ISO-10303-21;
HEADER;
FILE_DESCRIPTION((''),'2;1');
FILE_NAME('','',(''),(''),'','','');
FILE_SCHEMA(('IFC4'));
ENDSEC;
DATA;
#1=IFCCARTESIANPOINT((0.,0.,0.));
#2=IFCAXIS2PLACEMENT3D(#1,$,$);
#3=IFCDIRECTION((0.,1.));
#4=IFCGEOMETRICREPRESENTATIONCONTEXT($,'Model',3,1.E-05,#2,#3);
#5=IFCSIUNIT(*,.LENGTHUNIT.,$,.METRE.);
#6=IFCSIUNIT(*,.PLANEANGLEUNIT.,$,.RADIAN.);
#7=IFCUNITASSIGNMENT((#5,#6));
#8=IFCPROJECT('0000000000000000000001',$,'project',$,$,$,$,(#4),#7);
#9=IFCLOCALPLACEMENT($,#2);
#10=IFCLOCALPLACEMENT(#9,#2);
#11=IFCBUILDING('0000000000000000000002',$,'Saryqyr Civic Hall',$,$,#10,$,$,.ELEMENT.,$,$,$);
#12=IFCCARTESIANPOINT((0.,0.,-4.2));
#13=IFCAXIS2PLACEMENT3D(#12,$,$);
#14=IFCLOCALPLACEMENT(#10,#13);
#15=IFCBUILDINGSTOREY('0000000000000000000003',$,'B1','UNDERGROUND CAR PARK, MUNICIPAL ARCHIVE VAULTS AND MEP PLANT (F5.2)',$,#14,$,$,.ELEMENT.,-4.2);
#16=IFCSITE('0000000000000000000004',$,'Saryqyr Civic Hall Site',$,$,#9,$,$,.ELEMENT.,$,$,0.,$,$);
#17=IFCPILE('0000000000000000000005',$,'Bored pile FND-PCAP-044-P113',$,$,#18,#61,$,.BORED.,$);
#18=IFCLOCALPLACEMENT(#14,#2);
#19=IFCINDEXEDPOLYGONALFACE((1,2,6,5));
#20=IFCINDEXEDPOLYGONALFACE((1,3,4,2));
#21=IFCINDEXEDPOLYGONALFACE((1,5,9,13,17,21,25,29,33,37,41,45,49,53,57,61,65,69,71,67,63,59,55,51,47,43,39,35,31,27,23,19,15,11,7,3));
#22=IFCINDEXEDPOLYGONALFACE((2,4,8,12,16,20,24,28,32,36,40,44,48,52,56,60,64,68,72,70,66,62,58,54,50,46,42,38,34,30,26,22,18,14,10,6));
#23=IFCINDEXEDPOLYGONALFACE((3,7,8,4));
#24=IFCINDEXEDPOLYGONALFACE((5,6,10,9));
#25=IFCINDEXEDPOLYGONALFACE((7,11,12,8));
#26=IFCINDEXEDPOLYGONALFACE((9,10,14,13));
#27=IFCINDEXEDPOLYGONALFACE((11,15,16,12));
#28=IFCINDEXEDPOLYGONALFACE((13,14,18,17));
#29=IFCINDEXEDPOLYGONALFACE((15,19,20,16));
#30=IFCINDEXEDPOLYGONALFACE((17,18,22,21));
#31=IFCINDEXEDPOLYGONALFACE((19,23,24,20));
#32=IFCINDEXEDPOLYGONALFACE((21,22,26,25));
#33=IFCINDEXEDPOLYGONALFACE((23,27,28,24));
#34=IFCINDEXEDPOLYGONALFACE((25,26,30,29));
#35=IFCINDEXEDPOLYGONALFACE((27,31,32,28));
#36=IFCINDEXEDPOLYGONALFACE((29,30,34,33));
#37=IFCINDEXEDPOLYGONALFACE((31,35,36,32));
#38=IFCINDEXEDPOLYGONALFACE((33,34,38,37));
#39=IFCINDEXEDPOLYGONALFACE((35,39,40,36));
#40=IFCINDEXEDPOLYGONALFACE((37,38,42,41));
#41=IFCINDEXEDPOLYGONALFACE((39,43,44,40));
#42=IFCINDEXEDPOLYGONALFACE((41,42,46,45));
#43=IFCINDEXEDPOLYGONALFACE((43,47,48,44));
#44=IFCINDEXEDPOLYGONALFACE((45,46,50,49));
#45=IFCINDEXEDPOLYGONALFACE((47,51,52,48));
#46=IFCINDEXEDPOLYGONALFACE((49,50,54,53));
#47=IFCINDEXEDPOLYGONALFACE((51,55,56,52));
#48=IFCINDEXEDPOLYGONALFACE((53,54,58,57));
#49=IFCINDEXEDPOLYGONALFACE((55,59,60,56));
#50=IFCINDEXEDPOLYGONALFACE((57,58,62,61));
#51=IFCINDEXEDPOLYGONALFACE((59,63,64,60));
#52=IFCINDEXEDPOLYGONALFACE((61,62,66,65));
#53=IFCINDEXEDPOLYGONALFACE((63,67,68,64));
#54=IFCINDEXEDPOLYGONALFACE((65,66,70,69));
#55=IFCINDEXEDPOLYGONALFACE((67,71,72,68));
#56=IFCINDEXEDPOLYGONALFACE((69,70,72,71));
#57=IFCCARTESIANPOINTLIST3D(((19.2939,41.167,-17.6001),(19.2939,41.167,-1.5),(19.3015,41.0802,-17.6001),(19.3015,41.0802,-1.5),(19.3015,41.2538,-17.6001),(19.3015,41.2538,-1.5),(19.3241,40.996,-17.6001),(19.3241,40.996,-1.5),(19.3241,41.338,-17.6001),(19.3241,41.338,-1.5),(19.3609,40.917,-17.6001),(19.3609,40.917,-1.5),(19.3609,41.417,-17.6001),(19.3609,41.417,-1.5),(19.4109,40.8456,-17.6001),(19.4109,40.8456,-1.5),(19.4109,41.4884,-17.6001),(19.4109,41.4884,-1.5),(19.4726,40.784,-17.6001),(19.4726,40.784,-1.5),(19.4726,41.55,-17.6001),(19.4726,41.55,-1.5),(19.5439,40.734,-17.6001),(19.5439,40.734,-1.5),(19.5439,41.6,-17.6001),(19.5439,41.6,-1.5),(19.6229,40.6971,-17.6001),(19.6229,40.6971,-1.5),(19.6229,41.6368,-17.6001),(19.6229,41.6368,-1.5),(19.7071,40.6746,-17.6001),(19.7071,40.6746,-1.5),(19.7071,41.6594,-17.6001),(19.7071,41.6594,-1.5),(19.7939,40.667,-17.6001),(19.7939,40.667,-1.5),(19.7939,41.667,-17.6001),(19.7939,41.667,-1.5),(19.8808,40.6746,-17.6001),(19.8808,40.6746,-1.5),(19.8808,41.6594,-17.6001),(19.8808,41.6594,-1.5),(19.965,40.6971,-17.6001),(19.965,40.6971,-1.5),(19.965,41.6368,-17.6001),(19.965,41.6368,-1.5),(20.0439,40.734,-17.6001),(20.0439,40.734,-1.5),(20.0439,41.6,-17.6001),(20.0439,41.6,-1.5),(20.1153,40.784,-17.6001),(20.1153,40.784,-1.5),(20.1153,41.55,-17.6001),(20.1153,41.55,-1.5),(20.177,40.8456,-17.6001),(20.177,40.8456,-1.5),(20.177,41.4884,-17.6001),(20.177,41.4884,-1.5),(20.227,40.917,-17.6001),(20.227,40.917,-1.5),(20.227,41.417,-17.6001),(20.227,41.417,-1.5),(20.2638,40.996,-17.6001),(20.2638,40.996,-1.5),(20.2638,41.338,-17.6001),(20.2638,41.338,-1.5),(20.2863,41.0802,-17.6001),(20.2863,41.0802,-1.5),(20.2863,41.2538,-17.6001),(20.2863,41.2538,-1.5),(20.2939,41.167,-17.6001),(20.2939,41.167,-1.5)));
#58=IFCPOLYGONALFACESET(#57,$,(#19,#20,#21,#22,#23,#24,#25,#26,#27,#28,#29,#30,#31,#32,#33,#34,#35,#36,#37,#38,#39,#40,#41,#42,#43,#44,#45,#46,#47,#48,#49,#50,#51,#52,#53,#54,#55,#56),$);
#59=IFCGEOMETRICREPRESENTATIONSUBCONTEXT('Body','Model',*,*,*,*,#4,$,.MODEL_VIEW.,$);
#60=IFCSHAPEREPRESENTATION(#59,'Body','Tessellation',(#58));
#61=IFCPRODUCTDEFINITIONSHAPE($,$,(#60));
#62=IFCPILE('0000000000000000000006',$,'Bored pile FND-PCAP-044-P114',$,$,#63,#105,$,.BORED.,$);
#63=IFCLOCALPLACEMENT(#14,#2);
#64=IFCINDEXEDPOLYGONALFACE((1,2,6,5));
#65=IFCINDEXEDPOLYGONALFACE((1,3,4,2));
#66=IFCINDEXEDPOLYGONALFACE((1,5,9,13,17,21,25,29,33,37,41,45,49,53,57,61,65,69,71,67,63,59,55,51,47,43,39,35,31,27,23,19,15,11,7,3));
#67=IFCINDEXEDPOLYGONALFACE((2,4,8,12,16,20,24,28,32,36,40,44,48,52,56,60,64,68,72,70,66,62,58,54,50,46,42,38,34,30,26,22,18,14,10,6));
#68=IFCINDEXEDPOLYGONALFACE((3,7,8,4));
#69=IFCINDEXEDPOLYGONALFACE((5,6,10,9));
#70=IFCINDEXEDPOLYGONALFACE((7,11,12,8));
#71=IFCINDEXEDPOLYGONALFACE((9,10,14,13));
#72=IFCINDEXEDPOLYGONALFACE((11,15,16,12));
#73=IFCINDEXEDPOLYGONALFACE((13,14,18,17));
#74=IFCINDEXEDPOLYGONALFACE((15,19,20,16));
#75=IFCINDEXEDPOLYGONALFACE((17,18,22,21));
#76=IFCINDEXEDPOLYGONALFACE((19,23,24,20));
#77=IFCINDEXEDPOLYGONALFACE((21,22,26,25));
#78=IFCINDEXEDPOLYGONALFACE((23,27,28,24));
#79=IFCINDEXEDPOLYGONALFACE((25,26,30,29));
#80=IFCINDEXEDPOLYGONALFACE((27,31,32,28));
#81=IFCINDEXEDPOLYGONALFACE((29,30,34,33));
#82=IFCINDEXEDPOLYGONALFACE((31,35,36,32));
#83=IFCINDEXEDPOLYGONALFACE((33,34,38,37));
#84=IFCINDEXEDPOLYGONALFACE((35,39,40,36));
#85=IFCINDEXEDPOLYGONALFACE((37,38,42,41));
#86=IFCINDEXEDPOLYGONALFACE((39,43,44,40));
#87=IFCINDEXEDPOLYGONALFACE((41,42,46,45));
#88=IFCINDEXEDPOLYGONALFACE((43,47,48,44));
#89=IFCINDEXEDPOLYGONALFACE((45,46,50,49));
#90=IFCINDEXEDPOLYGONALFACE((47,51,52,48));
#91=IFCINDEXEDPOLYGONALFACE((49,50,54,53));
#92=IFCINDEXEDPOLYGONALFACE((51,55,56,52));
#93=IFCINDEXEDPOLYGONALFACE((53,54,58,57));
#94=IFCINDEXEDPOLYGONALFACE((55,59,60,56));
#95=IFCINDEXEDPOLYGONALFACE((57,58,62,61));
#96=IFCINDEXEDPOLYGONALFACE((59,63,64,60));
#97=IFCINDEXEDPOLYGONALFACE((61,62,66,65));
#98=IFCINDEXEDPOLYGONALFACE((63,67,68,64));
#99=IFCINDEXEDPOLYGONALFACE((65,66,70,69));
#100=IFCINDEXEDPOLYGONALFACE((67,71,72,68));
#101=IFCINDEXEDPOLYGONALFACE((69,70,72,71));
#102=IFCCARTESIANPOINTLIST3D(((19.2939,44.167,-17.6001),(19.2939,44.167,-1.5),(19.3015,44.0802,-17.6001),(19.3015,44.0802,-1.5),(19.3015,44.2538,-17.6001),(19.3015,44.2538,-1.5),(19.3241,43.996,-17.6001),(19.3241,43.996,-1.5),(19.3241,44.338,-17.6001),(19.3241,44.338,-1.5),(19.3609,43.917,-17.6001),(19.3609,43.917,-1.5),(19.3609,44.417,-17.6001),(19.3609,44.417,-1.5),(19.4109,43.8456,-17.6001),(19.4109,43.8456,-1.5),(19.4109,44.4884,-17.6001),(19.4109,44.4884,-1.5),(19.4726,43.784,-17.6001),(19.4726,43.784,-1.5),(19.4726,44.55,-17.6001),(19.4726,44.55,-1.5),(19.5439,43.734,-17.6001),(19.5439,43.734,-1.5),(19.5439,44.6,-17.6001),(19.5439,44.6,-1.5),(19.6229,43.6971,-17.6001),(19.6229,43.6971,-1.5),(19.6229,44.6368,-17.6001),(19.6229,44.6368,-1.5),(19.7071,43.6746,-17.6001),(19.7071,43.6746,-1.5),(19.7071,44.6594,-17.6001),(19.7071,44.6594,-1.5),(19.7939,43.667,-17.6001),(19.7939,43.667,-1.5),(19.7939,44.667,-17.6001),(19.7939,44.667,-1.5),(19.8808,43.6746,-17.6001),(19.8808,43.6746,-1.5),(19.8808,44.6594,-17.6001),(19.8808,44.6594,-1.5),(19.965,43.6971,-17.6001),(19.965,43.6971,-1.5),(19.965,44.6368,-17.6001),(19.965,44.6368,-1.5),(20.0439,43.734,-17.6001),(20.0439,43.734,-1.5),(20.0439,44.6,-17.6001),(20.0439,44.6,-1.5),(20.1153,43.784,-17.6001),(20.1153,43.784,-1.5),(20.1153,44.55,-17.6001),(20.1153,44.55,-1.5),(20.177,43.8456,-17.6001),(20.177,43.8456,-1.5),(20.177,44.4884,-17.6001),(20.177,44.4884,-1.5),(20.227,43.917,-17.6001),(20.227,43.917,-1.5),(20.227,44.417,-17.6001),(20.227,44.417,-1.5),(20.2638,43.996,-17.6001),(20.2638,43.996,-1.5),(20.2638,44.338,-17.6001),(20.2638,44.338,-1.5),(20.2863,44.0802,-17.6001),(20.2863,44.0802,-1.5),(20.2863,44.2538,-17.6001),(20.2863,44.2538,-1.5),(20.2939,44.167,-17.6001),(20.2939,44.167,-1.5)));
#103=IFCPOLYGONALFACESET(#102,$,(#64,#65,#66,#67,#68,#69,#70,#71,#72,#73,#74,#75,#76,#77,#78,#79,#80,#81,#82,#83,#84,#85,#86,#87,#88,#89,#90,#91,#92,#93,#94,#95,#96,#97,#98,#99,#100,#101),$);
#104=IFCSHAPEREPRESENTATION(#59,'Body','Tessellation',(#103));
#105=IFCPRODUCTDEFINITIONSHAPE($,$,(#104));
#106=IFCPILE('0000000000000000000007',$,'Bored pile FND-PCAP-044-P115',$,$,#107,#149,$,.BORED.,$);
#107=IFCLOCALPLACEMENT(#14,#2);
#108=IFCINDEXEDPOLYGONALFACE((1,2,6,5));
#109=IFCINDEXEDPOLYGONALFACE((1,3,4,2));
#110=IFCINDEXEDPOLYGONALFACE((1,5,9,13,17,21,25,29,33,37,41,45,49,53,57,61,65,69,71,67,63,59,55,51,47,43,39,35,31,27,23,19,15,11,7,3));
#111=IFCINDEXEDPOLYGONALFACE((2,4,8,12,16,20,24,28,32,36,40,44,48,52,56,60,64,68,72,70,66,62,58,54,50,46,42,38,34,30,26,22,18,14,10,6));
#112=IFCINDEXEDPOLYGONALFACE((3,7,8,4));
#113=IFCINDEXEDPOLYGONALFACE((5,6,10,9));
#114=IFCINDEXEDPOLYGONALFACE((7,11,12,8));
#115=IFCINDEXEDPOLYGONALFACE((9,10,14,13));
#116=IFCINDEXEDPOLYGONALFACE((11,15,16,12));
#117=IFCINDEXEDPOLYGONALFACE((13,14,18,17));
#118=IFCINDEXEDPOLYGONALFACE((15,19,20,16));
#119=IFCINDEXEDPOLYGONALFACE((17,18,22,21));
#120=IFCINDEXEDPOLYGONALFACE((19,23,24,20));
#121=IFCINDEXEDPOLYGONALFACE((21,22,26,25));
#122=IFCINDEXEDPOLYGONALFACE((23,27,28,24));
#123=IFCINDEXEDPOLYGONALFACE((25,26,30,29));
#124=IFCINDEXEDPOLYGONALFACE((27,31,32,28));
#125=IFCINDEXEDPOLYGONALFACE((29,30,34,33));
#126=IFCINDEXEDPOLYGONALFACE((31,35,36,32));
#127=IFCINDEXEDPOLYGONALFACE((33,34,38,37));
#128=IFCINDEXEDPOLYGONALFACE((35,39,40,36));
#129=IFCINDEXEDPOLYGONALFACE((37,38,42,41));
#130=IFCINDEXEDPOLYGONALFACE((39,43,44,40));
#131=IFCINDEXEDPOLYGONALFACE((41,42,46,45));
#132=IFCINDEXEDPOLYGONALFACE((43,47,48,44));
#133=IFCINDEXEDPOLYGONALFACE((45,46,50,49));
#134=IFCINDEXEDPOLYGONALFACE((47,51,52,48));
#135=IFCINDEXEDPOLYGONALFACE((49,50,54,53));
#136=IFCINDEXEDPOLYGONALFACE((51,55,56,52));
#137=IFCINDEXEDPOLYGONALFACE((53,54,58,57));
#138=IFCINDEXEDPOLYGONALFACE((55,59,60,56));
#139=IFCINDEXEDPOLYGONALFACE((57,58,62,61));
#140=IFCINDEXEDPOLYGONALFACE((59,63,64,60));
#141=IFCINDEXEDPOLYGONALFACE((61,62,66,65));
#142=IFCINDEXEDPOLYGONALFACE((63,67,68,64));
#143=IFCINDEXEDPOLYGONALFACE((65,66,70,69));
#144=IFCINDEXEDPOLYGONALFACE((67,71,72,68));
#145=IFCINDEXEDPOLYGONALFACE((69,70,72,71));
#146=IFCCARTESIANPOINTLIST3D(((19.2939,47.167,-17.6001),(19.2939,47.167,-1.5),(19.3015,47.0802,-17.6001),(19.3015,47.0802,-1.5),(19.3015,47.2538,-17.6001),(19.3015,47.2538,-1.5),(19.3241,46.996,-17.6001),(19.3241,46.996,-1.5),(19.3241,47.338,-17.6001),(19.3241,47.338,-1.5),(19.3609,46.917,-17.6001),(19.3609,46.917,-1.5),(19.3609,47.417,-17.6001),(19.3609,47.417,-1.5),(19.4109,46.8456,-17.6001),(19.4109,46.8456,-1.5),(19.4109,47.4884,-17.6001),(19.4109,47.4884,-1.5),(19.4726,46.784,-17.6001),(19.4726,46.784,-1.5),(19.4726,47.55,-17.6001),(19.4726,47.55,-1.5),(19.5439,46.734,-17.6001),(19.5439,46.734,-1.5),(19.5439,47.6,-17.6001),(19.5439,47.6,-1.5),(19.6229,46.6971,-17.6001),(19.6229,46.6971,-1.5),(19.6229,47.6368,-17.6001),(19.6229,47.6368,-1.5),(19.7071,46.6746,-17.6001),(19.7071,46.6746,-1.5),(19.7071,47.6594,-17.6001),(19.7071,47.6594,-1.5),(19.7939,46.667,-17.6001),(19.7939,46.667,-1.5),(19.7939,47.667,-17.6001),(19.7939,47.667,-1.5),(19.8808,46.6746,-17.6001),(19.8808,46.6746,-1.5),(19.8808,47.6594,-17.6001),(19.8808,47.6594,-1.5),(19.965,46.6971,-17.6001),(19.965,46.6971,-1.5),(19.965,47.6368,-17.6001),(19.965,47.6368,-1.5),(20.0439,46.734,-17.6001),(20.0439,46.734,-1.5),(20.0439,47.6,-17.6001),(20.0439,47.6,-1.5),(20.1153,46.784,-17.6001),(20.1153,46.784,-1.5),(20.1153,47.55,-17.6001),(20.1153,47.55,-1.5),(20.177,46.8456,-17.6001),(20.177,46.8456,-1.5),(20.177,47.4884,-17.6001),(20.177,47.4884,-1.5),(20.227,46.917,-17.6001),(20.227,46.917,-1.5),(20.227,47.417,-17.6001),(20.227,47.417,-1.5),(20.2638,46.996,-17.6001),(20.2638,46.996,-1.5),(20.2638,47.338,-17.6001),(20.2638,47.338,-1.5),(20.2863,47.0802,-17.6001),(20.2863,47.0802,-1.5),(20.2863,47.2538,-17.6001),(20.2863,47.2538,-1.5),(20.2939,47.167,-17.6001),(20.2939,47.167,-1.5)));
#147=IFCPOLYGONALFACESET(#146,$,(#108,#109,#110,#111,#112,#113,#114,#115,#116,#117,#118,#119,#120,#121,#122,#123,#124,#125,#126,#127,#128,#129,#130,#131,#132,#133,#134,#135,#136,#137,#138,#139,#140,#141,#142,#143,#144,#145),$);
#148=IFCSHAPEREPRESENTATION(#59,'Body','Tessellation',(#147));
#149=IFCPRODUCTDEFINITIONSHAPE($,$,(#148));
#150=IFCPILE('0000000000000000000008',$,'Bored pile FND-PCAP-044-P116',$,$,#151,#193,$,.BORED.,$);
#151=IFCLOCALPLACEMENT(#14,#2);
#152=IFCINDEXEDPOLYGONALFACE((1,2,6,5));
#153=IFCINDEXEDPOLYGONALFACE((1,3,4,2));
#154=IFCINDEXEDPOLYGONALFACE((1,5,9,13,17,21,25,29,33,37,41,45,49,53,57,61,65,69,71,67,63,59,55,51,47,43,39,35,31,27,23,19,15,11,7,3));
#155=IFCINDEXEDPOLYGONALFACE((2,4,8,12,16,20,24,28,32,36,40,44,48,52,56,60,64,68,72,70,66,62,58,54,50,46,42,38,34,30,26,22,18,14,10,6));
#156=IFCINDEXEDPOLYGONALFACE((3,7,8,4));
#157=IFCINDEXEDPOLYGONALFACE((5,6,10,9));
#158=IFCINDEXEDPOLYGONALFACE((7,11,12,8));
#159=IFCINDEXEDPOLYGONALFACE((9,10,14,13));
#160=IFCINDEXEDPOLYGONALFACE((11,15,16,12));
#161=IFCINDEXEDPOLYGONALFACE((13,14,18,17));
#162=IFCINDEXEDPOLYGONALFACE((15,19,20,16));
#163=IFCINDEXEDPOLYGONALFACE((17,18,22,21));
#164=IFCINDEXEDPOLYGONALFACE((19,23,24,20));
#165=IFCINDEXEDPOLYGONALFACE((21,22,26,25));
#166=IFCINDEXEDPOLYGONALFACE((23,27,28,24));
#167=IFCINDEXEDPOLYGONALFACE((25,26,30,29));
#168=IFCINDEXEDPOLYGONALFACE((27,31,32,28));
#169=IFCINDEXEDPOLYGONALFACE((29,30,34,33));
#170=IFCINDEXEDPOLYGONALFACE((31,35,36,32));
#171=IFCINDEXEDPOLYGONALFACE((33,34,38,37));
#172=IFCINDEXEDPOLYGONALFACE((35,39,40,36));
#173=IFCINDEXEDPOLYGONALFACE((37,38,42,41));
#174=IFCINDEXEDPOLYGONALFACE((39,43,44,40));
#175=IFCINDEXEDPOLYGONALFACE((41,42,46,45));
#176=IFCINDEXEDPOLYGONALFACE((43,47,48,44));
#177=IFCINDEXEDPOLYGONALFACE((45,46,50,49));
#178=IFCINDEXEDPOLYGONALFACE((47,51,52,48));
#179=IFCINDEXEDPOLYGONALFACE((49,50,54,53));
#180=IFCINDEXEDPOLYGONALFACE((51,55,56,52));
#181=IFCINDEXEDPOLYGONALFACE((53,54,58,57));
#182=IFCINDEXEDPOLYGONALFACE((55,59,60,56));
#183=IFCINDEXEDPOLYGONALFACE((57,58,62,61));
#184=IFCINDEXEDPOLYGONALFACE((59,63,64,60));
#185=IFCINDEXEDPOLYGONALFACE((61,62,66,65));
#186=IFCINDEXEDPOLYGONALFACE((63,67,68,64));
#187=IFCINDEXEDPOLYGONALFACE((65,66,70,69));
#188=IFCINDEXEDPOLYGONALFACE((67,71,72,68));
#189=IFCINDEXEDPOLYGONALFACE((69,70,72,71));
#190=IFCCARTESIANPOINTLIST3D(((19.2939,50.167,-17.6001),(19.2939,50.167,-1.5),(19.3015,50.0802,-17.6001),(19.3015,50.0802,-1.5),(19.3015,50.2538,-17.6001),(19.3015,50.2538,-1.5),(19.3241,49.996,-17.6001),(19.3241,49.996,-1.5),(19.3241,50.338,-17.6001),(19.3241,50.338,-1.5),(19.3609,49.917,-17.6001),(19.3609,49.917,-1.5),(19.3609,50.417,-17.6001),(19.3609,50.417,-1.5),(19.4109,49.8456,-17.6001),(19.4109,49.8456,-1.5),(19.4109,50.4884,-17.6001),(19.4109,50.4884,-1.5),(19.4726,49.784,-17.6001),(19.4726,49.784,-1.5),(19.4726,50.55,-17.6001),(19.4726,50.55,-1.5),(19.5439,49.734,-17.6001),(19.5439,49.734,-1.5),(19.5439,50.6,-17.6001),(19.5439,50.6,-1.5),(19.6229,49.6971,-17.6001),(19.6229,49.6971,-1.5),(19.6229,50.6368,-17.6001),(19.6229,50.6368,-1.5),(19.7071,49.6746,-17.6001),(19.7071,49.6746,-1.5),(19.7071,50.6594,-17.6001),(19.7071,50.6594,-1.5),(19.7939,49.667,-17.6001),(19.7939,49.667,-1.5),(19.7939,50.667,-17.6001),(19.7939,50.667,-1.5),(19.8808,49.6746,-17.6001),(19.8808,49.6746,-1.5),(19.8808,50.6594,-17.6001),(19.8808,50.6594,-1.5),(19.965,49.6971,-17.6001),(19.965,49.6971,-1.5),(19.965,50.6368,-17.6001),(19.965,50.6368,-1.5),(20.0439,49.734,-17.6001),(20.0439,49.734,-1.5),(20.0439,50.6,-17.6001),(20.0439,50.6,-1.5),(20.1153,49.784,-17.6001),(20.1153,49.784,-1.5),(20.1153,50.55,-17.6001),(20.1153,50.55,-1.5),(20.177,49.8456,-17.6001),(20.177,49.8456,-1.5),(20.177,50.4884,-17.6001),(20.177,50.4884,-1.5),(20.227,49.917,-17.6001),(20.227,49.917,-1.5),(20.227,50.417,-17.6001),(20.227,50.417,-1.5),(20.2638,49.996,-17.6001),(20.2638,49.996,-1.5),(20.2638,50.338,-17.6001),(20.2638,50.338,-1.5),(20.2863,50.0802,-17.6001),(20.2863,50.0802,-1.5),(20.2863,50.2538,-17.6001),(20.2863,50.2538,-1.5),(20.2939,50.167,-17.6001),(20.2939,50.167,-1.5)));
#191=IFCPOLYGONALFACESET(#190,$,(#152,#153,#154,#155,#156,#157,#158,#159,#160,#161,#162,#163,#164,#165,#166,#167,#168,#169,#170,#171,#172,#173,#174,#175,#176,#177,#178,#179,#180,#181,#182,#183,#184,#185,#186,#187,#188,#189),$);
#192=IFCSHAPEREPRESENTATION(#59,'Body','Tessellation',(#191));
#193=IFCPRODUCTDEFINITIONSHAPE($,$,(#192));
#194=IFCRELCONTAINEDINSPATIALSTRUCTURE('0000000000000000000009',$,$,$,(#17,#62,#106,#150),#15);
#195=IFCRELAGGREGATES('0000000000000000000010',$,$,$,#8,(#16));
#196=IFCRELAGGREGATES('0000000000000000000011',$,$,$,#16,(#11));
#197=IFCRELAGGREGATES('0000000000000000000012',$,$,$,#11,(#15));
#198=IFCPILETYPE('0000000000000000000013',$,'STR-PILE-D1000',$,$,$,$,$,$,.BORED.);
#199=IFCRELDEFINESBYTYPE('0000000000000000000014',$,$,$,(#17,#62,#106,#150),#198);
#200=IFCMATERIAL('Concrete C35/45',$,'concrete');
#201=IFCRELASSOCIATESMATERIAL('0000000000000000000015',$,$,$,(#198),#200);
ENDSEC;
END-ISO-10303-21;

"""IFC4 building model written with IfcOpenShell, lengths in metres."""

from ifc_helpers import new_model, si_unit, direction, frame, origin, origin_2d, place, context, subcontext, project, spatial, circle, extrude, material, material_profile, profile_set, type_object, element, save


model = new_model("IFC4")

# Units and contexts
model_context = context("Model", 3, precision=1e-05, world=origin(), true_north=direction((0.0, 1.0)))
body_context = subcontext(model_context, "Body", "Model", "MODEL_VIEW")
ifc_project = project(units=[si_unit("LENGTHUNIT", "METRE"), si_unit("PLANEANGLEUNIT", "RADIAN")], contexts=[model_context])

# Site, building, storey
site_placement = place(None, origin())
site = spatial("IfcSite", under=ifc_project, at=site_placement, Name="Saryqyr Civic Hall Site", CompositionType="ELEMENT", RefElevation=0.0)
building_placement = place(site_placement, origin())
building = spatial("IfcBuilding", under=site, at=building_placement, Name="Saryqyr Civic Hall", CompositionType="ELEMENT")
storey_placement = place(building_placement, frame((0.0, 0.0, -4.2)))
storey = spatial("IfcBuildingStorey", under=building, at=storey_placement, Name="B1", Description="UNDERGROUND CAR PARK, MUNICIPAL ARCHIVE VAULTS AND MEP PLANT (F5.2)", CompositionType="ELEMENT", Elevation=-4.2)

# Piles
ifc_material_1 = material(Name="Concrete C35/45", Category="concrete")
ifc_material_profile = material_profile(ifc_material_1, circle(Radius=0.5, at=origin_2d()), Name="BORED PILE D1000")
ifc_profile_set = profile_set([ifc_material_profile], Name="Concrete C35/45")
pile_type = type_object("IfcPileType", Name="STR-PILE-D1000", PredefinedType="BORED", material=ifc_profile_set)
for number, where, z_axis, x_axis, name in (
    (1, (19.7939, 41.167, -1.5), (0.0, 0.0, -1.0), (1.0, 0.0, 0.0), "Bored pile FND-PCAP-044-P113"),
    (2, (19.7939, 44.167, -1.5), (0.0, 0.0, -1.0), (1.0, 0.0, 0.0), "Bored pile FND-PCAP-044-P114"),
    (3, (19.7939, 47.167, -1.5), (0.0, 0.0, -1.0), (1.0, 0.0, 0.0), "Bored pile FND-PCAP-044-P115"),
    (4, (19.7939, 50.167, -1.5), (0.0, 0.0, -1.0), (1.0, 0.0, 0.0), "Bored pile FND-PCAP-044-P116"),
):
    element("IfcPile", number, at=place(storey_placement, frame(where, z_axis=z_axis, x_axis=x_axis)), inside=storey, type_object=pile_type, Name=name, PredefinedType="BORED", context=body_context, shape_type="SweptSolid", body=[
        extrude(circle(Radius=0.5, at=origin_2d()), origin(), (0.0, 0.0, 1.0), 16.1001),
    ])

save(model, "model.ifc")
